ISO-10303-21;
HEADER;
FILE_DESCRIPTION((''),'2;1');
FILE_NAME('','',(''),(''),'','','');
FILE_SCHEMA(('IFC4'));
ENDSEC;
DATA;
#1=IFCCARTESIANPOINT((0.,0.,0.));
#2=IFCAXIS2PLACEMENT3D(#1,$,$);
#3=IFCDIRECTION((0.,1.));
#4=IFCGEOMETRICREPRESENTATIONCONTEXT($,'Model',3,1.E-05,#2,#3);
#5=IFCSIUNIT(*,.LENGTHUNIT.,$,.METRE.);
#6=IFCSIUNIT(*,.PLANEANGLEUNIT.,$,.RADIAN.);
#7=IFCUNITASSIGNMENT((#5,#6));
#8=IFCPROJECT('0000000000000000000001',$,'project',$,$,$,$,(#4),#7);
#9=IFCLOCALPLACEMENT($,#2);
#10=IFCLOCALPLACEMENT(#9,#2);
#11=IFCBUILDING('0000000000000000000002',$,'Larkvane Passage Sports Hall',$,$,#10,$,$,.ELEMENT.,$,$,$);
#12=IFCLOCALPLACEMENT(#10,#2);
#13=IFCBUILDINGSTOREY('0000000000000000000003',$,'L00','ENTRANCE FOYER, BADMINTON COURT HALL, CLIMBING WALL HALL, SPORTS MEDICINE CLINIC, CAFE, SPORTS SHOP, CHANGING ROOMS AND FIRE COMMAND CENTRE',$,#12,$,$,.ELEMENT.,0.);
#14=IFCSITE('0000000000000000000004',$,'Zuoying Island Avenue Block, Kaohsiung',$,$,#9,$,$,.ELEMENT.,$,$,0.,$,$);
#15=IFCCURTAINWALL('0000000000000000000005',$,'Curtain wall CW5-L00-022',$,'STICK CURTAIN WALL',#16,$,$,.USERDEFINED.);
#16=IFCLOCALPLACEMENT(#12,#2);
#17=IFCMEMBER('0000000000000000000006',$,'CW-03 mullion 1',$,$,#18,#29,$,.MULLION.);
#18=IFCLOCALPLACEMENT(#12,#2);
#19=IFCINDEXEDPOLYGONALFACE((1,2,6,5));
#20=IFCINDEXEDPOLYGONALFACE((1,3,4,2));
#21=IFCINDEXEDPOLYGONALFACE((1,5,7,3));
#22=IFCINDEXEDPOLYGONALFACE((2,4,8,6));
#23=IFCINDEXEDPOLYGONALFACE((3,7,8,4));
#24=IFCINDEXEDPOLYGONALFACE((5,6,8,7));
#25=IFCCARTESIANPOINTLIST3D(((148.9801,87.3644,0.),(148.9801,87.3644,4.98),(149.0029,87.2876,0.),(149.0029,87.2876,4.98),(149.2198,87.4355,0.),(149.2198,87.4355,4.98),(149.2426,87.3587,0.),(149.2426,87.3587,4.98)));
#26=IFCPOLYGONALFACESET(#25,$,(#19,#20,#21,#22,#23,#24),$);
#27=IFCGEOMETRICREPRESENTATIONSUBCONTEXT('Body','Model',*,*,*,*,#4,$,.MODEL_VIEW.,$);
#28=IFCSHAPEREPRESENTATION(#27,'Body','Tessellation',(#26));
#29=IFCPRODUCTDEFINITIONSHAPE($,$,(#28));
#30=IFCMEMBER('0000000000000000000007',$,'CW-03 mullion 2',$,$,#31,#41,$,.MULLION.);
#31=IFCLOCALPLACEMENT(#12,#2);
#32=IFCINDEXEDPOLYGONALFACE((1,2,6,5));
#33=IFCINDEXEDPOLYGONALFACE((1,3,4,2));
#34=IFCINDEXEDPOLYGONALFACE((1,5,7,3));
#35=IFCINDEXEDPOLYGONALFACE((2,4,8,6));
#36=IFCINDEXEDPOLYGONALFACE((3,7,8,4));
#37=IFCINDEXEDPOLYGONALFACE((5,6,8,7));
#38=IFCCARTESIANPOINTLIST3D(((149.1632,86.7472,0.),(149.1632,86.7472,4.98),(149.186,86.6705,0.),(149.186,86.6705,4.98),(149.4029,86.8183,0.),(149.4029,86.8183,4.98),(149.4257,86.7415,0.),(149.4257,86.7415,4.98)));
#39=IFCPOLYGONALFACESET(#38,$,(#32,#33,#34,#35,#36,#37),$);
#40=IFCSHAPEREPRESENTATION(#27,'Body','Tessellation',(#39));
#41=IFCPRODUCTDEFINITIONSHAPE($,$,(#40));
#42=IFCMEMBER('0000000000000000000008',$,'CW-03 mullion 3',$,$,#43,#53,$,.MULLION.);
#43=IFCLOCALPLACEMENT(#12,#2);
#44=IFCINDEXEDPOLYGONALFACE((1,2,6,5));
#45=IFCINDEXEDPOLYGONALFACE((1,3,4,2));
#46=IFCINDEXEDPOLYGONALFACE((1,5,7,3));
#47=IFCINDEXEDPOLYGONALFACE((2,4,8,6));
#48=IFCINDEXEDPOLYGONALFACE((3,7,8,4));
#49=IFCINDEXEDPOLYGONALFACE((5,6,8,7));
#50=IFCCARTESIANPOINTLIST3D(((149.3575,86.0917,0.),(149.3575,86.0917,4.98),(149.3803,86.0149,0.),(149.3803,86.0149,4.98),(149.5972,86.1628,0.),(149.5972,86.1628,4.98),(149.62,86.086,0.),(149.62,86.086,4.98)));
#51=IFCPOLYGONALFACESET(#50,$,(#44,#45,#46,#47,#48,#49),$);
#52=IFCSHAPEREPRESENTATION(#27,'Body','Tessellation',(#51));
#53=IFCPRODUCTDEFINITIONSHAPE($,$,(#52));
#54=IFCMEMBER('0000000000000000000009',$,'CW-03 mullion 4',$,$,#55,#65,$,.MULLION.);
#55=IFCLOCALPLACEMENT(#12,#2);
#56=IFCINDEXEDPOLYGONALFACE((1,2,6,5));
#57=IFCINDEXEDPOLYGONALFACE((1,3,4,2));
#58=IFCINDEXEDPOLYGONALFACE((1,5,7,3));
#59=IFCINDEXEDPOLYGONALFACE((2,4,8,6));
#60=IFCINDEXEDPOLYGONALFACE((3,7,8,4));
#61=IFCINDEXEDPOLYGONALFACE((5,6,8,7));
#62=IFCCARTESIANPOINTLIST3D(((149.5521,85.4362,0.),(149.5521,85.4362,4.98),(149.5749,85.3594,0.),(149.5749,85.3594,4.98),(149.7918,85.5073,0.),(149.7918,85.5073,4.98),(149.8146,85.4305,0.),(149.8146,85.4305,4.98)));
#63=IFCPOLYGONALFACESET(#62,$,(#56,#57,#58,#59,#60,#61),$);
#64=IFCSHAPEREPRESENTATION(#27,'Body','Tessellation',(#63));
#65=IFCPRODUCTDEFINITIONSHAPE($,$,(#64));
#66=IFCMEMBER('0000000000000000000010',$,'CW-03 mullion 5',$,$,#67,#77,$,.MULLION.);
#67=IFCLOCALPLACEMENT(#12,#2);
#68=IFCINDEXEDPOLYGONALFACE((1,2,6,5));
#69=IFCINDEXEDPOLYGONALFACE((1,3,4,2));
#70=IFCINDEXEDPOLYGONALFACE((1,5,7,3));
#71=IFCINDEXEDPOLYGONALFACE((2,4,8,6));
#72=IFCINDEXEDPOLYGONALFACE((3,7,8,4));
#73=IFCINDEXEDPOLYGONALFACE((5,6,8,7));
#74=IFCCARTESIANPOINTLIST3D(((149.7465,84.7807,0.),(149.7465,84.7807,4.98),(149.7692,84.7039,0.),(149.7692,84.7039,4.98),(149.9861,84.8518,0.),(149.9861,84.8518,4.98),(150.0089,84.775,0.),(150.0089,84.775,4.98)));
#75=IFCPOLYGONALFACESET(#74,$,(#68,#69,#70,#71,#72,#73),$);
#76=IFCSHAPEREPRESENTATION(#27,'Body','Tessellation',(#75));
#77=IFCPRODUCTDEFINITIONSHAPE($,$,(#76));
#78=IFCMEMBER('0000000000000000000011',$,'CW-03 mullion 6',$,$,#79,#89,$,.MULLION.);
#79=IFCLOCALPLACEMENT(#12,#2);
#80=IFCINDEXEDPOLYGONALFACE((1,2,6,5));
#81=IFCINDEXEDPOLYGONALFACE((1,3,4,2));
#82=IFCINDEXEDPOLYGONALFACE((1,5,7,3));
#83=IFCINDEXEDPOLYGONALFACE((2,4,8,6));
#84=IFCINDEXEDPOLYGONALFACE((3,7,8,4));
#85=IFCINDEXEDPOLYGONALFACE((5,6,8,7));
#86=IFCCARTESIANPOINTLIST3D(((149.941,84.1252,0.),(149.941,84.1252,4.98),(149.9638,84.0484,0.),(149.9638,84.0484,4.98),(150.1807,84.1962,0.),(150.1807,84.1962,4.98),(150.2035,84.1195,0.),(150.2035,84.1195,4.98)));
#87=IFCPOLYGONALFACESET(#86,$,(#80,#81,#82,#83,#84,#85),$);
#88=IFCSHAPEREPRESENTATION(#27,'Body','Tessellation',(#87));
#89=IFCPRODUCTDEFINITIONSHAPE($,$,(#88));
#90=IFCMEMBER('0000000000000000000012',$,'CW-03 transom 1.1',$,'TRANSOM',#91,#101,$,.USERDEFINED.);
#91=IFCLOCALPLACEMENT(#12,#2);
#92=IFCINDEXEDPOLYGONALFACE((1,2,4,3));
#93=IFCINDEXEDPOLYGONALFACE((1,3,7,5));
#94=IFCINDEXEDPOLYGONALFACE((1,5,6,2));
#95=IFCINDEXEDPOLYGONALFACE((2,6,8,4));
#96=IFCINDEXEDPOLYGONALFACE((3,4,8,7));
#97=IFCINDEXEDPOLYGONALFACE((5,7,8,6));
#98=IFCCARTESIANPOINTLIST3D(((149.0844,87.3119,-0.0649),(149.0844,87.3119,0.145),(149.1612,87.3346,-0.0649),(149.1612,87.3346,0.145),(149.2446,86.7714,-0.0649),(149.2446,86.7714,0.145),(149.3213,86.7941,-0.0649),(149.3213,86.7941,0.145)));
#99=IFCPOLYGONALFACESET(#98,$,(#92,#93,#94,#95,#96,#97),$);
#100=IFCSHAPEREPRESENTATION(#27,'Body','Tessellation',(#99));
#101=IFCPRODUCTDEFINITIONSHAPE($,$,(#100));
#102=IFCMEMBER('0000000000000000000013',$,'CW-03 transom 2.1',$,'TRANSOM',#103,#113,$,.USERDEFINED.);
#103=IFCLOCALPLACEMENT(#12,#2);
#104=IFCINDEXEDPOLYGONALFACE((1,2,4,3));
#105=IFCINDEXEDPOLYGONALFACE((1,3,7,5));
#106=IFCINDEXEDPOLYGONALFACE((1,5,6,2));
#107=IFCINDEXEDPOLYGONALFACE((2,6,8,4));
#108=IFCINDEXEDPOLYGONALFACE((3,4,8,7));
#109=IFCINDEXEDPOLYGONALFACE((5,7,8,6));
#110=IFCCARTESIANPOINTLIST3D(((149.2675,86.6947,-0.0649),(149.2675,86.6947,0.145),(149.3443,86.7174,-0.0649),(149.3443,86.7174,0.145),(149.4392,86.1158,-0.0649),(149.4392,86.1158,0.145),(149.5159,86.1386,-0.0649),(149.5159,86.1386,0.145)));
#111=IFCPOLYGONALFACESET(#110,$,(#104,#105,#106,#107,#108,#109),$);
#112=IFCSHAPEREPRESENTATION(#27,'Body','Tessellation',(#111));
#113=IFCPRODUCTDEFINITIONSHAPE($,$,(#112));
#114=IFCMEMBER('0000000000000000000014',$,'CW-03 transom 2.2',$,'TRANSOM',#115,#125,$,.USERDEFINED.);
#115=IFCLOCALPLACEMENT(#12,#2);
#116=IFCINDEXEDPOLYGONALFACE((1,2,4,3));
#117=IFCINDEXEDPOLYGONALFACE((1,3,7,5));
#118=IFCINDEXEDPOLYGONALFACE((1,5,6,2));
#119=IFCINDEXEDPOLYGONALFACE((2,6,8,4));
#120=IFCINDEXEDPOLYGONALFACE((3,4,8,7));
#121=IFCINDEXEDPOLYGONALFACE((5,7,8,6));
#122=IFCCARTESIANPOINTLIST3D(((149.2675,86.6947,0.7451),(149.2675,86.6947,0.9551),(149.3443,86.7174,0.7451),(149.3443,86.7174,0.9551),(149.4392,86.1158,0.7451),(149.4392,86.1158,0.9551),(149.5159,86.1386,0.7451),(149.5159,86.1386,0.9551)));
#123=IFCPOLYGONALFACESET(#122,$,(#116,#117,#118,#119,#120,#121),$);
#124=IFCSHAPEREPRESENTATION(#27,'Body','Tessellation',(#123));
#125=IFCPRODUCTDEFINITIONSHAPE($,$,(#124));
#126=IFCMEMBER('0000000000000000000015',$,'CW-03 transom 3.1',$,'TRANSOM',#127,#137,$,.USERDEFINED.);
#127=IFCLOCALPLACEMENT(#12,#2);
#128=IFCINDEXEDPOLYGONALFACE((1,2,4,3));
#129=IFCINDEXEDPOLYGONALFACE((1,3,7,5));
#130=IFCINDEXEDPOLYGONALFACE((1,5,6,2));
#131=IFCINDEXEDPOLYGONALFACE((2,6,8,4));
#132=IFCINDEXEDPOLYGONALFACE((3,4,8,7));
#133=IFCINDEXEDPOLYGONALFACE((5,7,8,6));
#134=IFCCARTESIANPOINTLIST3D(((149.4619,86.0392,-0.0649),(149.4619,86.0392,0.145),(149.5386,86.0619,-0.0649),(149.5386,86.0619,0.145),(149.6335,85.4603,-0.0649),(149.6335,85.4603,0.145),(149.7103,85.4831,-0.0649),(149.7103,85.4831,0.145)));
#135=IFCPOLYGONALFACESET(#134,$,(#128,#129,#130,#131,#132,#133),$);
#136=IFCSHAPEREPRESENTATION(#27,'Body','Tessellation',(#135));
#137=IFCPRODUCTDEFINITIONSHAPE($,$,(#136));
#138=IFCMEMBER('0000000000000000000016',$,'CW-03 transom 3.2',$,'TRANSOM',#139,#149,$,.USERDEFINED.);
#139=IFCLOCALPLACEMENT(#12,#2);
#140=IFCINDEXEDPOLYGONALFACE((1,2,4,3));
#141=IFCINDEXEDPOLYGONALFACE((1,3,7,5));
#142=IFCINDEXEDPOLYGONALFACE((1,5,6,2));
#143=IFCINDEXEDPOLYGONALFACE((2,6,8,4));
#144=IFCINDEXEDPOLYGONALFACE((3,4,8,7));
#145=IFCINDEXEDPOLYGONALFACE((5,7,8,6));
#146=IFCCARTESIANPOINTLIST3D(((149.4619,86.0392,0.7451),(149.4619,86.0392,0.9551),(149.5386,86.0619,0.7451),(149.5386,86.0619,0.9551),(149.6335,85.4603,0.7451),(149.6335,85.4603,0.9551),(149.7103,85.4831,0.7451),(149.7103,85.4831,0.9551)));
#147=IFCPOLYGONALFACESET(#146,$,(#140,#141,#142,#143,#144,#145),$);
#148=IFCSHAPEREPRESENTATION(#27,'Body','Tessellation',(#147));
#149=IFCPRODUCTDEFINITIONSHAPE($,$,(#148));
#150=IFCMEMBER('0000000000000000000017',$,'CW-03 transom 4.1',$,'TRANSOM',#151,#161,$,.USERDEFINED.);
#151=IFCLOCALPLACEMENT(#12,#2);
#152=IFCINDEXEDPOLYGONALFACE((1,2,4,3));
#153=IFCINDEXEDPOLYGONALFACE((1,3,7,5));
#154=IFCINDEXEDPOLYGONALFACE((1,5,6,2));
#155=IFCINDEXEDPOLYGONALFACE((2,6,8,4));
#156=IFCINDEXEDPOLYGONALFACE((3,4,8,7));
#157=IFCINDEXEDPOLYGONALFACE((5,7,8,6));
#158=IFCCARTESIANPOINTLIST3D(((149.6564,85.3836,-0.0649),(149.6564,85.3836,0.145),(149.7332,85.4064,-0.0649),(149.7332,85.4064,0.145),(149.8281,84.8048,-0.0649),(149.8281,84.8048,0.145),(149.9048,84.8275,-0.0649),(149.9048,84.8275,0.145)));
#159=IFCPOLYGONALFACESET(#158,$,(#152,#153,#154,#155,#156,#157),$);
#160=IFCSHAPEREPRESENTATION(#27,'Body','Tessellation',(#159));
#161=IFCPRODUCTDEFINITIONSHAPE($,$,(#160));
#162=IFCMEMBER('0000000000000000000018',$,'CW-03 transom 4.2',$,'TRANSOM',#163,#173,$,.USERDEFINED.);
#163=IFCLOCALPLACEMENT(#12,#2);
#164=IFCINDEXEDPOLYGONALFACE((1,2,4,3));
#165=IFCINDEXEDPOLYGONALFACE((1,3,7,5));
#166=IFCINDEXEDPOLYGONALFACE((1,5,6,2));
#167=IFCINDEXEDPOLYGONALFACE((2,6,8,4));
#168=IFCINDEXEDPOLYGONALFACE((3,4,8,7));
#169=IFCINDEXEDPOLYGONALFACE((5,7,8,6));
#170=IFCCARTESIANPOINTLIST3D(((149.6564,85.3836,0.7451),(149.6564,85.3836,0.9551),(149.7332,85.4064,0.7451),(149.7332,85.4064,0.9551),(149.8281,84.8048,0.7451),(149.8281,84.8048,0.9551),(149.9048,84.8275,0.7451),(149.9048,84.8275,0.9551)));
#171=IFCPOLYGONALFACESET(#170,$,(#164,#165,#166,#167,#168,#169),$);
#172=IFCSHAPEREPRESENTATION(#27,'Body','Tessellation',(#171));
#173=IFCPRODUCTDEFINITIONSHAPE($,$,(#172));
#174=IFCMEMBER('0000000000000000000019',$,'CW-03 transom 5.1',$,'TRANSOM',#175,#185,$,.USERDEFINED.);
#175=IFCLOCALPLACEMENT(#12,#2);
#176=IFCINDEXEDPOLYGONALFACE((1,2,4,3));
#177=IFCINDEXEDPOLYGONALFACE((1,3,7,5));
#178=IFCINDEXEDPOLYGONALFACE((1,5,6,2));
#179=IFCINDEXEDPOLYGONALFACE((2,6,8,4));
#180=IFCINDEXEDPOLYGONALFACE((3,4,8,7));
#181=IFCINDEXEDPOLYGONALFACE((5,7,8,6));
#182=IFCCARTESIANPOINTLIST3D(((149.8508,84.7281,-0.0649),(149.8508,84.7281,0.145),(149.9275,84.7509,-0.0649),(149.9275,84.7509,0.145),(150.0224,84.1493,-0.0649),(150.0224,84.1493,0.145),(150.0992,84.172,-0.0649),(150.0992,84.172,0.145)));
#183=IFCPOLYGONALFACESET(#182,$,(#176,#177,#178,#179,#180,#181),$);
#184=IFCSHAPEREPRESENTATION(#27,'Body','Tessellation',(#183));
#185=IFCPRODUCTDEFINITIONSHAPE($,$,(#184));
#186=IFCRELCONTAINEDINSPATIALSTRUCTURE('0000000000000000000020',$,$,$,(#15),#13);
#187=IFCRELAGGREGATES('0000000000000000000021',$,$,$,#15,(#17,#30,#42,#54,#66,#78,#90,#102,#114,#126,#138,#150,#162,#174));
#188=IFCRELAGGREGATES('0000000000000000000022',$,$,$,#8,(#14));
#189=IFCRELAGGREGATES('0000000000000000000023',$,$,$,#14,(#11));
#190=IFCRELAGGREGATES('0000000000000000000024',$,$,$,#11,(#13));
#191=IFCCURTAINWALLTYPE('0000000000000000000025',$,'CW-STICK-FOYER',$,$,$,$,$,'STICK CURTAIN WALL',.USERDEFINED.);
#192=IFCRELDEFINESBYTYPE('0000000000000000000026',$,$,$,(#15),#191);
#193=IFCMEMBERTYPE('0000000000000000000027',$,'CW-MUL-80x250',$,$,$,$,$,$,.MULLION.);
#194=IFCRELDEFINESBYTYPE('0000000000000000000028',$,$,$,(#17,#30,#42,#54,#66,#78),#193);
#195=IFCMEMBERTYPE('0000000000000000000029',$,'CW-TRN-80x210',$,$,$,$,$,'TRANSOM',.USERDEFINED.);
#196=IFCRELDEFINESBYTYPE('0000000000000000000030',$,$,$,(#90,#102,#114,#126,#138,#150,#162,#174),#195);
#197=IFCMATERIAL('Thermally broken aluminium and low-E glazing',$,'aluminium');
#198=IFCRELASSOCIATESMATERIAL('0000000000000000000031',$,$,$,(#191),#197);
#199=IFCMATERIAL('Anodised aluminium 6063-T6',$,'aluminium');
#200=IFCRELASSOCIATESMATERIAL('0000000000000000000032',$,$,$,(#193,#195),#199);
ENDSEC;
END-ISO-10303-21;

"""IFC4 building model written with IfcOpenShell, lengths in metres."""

from ifc_helpers import new_model, si_unit, direction, frame, origin, origin_2d, place, context, subcontext, project, spatial, rectangle, extrude, material, material_profile, profile_set, type_object, element, aggregate, save


model = new_model("IFC4")

# Units and contexts
model_context = context("Model", 3, precision=1e-05, world=origin(), true_north=direction((0.0, 1.0)))
body_context = subcontext(model_context, "Body", "Model", "MODEL_VIEW")
ifc_project = project(units=[si_unit("LENGTHUNIT", "METRE"), si_unit("PLANEANGLEUNIT", "RADIAN")], contexts=[model_context])

# Site, building, storey
site_placement = place(None, origin())
site = spatial("IfcSite", under=ifc_project, at=site_placement, Name="Zuoying Island Avenue Block, Kaohsiung", CompositionType="ELEMENT", RefElevation=0.0)
building_placement = place(site_placement, origin())
building = spatial("IfcBuilding", under=site, at=building_placement, Name="Larkvane Passage Sports Hall", CompositionType="ELEMENT")
storey_placement = place(building_placement, origin())
storey = spatial("IfcBuildingStorey", under=building, at=storey_placement, Name="L00", Description="ENTRANCE FOYER, BADMINTON COURT HALL, CLIMBING WALL HALL, SPORTS MEDICINE CLINIC, CAFE, SPORTS SHOP, CHANGING ROOMS AND FIRE COMMAND CENTRE", CompositionType="ELEMENT", Elevation=0.0)

# Curtain wall, members
ifc_material_1 = material(Name="Thermally broken aluminium and low-E glazing", Category="aluminium")
curtain_wall_type = type_object("IfcCurtainWallType", Name="CW-STICK-FOYER", ElementType="STICK CURTAIN WALL", PredefinedType="USERDEFINED", material=ifc_material_1)
curtain_wall_placement = place(storey_placement, origin())
curtain_wall = element("IfcCurtainWall", 1, at=curtain_wall_placement, inside=storey, type_object=curtain_wall_type, Name="Curtain wall CW5-L00-022", ObjectType="STICK CURTAIN WALL", PredefinedType="USERDEFINED")
ifc_material_2 = material(Name="Anodised aluminium 6063-T6", Category="aluminium")
ifc_material_profile_1 = material_profile(ifc_material_2, rectangle(XDim=0.0801, YDim=0.25, at=origin_2d()), Name="ALU-MUL-80x250")
ifc_profile_set_1 = profile_set([ifc_material_profile_1], Name="Anodised aluminium 6063-T6")
member_type_1 = type_object("IfcMemberType", Name="CW-MUL-80x250", PredefinedType="MULLION", material=ifc_profile_set_1)
member_1_placement = place(storey_placement, frame((149.1113, 87.3616, 0.0), z_axis=(0.0, 0.0, 1.0), x_axis=(0.284365, -0.958716, 0.0)))
member_1 = element("IfcMember", 2, at=member_1_placement, type_object=member_type_1, Name="CW-03 mullion 1", PredefinedType="MULLION", context=body_context, shape_type="SweptSolid", body=[
    extrude(rectangle(XDim=0.0801, YDim=0.25, at=origin_2d()), origin(), (0.0, 0.0, 1.0), 4.98),
])
member_2_placement = place(storey_placement, frame((149.2944, 86.7444, 0.0), z_axis=(0.0, 0.0, 1.0), x_axis=(0.284365, -0.958716, 0.0)))
member_2 = element("IfcMember", 3, at=member_2_placement, type_object=member_type_1, Name="CW-03 mullion 2", PredefinedType="MULLION", context=body_context, shape_type="SweptSolid", body=[
    extrude(rectangle(XDim=0.0801, YDim=0.25, at=origin_2d()), origin(), (0.0, 0.0, 1.0), 4.98),
])
member_3_placement = place(storey_placement, frame((149.4888, 86.0889, 0.0), z_axis=(0.0, 0.0, 1.0), x_axis=(0.284365, -0.958716, 0.0)))
member_3 = element("IfcMember", 4, at=member_3_placement, type_object=member_type_1, Name="CW-03 mullion 3", PredefinedType="MULLION", context=body_context, shape_type="SweptSolid", body=[
    extrude(rectangle(XDim=0.0801, YDim=0.25, at=origin_2d()), origin(), (0.0, 0.0, 1.0), 4.98),
])
member_4_placement = place(storey_placement, frame((149.6833, 85.4333, 0.0), z_axis=(0.0, 0.0, 1.0), x_axis=(0.284365, -0.958716, 0.0)))
member_4 = element("IfcMember", 5, at=member_4_placement, type_object=member_type_1, Name="CW-03 mullion 4", PredefinedType="MULLION", context=body_context, shape_type="SweptSolid", body=[
    extrude(rectangle(XDim=0.0801, YDim=0.25, at=origin_2d()), origin(), (0.0, 0.0, 1.0), 4.98),
])
member_5_placement = place(storey_placement, frame((149.8777, 84.7778, 0.0), z_axis=(0.0, 0.0, 1.0), x_axis=(0.284365, -0.958716, 0.0)))
member_5 = element("IfcMember", 6, at=member_5_placement, type_object=member_type_1, Name="CW-03 mullion 5", PredefinedType="MULLION", context=body_context, shape_type="SweptSolid", body=[
    extrude(rectangle(XDim=0.0801, YDim=0.25, at=origin_2d()), origin(), (0.0, 0.0, 1.0), 4.98),
])
member_6_placement = place(storey_placement, frame((150.0723, 84.1223, 0.0), z_axis=(0.0, 0.0, 1.0), x_axis=(0.284365, -0.958716, 0.0)))
member_6 = element("IfcMember", 7, at=member_6_placement, type_object=member_type_1, Name="CW-03 mullion 6", PredefinedType="MULLION", context=body_context, shape_type="SweptSolid", body=[
    extrude(rectangle(XDim=0.0801, YDim=0.25, at=origin_2d()), origin(), (0.0, 0.0, 1.0), 4.98),
])
ifc_material_profile_2 = material_profile(ifc_material_2, rectangle(XDim=0.0801, YDim=0.21, at=origin_2d()), Name="ALU-TRN-80x210")
ifc_profile_set_2 = profile_set([ifc_material_profile_2], Name="Anodised aluminium 6063-T6")
member_type_2 = type_object("IfcMemberType", Name="CW-TRN-80x210", ElementType="TRANSOM", PredefinedType="USERDEFINED", material=ifc_profile_set_2)
member_7_placement = place(storey_placement, frame((149.1228, 87.3232, 0.04), z_axis=(0.284088, -0.958798, 0.0), x_axis=(0.958798, 0.284088, 0.0)))
member_7 = element("IfcMember", 8, at=member_7_placement, type_object=member_type_2, Name="CW-03 transom 1.1", ObjectType="TRANSOM", PredefinedType="USERDEFINED", context=body_context, shape_type="SweptSolid", body=[
    extrude(rectangle(XDim=0.0801, YDim=0.21, at=origin_2d()), origin(), (0.0, 0.0, 1.0), 0.5637),
])
member_8_placement = place(storey_placement, frame((149.3059, 86.7061, 0.04), z_axis=(0.284267, -0.958745, 0.0), x_axis=(0.958745, 0.284267, 0.0)))
member_8 = element("IfcMember", 9, at=member_8_placement, type_object=member_type_2, Name="CW-03 transom 2.1", ObjectType="TRANSOM", PredefinedType="USERDEFINED", context=body_context, shape_type="SweptSolid", body=[
    extrude(rectangle(XDim=0.0801, YDim=0.21, at=origin_2d()), origin(), (0.0, 0.0, 1.0), 0.6038),
])
member_9_placement = place(storey_placement, frame((149.3059, 86.7061, 0.8501), z_axis=(0.284267, -0.958745, 0.0), x_axis=(0.958745, 0.284267, 0.0)))
member_9 = element("IfcMember", 10, at=member_9_placement, type_object=member_type_2, Name="CW-03 transom 2.2", ObjectType="TRANSOM", PredefinedType="USERDEFINED", context=body_context, shape_type="SweptSolid", body=[
    extrude(rectangle(XDim=0.0801, YDim=0.21, at=origin_2d()), origin(), (0.0, 0.0, 1.0), 0.6038),
])
member_10_placement = place(storey_placement, frame((149.5002, 86.0505, 0.04), z_axis=(0.284267, -0.958745, 0.0), x_axis=(0.958745, 0.284267, 0.0)))
member_10 = element("IfcMember", 11, at=member_10_placement, type_object=member_type_2, Name="CW-03 transom 3.1", ObjectType="TRANSOM", PredefinedType="USERDEFINED", context=body_context, shape_type="SweptSolid", body=[
    extrude(rectangle(XDim=0.0801, YDim=0.21, at=origin_2d()), origin(), (0.0, 0.0, 1.0), 0.6038),
])
member_11_placement = place(storey_placement, frame((149.5002, 86.0505, 0.8501), z_axis=(0.284267, -0.958745, 0.0), x_axis=(0.958745, 0.284267, 0.0)))
member_11 = element("IfcMember", 12, at=member_11_placement, type_object=member_type_2, Name="CW-03 transom 3.2", ObjectType="TRANSOM", PredefinedType="USERDEFINED", context=body_context, shape_type="SweptSolid", body=[
    extrude(rectangle(XDim=0.0801, YDim=0.21, at=origin_2d()), origin(), (0.0, 0.0, 1.0), 0.6038),
])
member_12_placement = place(storey_placement, frame((149.6948, 85.395, 0.04), z_axis=(0.284267, -0.958745, 0.0), x_axis=(0.958745, 0.284267, 0.0)))
member_12 = element("IfcMember", 13, at=member_12_placement, type_object=member_type_2, Name="CW-03 transom 4.1", ObjectType="TRANSOM", PredefinedType="USERDEFINED", context=body_context, shape_type="SweptSolid", body=[
    extrude(rectangle(XDim=0.0801, YDim=0.21, at=origin_2d()), origin(), (0.0, 0.0, 1.0), 0.6038),
])
member_13_placement = place(storey_placement, frame((149.6948, 85.395, 0.8501), z_axis=(0.284267, -0.958745, 0.0), x_axis=(0.958745, 0.284267, 0.0)))
member_13 = element("IfcMember", 14, at=member_13_placement, type_object=member_type_2, Name="CW-03 transom 4.2", ObjectType="TRANSOM", PredefinedType="USERDEFINED", context=body_context, shape_type="SweptSolid", body=[
    extrude(rectangle(XDim=0.0801, YDim=0.21, at=origin_2d()), origin(), (0.0, 0.0, 1.0), 0.6038),
])
member_14_placement = place(storey_placement, frame((149.8892, 84.7395, 0.04), z_axis=(0.284267, -0.958745, 0.0), x_axis=(0.958745, 0.284267, 0.0)))
member_14 = element("IfcMember", 15, at=member_14_placement, type_object=member_type_2, Name="CW-03 transom 5.1", ObjectType="TRANSOM", PredefinedType="USERDEFINED", context=body_context, shape_type="SweptSolid", body=[
    extrude(rectangle(XDim=0.0801, YDim=0.21, at=origin_2d()), origin(), (0.0, 0.0, 1.0), 0.6038),
])
aggregate(curtain_wall, [member_1, member_2, member_3, member_4, member_5, member_6, member_7, member_8, member_9, member_10, member_11, member_12, member_13, member_14])

save(model, "model.ifc")
